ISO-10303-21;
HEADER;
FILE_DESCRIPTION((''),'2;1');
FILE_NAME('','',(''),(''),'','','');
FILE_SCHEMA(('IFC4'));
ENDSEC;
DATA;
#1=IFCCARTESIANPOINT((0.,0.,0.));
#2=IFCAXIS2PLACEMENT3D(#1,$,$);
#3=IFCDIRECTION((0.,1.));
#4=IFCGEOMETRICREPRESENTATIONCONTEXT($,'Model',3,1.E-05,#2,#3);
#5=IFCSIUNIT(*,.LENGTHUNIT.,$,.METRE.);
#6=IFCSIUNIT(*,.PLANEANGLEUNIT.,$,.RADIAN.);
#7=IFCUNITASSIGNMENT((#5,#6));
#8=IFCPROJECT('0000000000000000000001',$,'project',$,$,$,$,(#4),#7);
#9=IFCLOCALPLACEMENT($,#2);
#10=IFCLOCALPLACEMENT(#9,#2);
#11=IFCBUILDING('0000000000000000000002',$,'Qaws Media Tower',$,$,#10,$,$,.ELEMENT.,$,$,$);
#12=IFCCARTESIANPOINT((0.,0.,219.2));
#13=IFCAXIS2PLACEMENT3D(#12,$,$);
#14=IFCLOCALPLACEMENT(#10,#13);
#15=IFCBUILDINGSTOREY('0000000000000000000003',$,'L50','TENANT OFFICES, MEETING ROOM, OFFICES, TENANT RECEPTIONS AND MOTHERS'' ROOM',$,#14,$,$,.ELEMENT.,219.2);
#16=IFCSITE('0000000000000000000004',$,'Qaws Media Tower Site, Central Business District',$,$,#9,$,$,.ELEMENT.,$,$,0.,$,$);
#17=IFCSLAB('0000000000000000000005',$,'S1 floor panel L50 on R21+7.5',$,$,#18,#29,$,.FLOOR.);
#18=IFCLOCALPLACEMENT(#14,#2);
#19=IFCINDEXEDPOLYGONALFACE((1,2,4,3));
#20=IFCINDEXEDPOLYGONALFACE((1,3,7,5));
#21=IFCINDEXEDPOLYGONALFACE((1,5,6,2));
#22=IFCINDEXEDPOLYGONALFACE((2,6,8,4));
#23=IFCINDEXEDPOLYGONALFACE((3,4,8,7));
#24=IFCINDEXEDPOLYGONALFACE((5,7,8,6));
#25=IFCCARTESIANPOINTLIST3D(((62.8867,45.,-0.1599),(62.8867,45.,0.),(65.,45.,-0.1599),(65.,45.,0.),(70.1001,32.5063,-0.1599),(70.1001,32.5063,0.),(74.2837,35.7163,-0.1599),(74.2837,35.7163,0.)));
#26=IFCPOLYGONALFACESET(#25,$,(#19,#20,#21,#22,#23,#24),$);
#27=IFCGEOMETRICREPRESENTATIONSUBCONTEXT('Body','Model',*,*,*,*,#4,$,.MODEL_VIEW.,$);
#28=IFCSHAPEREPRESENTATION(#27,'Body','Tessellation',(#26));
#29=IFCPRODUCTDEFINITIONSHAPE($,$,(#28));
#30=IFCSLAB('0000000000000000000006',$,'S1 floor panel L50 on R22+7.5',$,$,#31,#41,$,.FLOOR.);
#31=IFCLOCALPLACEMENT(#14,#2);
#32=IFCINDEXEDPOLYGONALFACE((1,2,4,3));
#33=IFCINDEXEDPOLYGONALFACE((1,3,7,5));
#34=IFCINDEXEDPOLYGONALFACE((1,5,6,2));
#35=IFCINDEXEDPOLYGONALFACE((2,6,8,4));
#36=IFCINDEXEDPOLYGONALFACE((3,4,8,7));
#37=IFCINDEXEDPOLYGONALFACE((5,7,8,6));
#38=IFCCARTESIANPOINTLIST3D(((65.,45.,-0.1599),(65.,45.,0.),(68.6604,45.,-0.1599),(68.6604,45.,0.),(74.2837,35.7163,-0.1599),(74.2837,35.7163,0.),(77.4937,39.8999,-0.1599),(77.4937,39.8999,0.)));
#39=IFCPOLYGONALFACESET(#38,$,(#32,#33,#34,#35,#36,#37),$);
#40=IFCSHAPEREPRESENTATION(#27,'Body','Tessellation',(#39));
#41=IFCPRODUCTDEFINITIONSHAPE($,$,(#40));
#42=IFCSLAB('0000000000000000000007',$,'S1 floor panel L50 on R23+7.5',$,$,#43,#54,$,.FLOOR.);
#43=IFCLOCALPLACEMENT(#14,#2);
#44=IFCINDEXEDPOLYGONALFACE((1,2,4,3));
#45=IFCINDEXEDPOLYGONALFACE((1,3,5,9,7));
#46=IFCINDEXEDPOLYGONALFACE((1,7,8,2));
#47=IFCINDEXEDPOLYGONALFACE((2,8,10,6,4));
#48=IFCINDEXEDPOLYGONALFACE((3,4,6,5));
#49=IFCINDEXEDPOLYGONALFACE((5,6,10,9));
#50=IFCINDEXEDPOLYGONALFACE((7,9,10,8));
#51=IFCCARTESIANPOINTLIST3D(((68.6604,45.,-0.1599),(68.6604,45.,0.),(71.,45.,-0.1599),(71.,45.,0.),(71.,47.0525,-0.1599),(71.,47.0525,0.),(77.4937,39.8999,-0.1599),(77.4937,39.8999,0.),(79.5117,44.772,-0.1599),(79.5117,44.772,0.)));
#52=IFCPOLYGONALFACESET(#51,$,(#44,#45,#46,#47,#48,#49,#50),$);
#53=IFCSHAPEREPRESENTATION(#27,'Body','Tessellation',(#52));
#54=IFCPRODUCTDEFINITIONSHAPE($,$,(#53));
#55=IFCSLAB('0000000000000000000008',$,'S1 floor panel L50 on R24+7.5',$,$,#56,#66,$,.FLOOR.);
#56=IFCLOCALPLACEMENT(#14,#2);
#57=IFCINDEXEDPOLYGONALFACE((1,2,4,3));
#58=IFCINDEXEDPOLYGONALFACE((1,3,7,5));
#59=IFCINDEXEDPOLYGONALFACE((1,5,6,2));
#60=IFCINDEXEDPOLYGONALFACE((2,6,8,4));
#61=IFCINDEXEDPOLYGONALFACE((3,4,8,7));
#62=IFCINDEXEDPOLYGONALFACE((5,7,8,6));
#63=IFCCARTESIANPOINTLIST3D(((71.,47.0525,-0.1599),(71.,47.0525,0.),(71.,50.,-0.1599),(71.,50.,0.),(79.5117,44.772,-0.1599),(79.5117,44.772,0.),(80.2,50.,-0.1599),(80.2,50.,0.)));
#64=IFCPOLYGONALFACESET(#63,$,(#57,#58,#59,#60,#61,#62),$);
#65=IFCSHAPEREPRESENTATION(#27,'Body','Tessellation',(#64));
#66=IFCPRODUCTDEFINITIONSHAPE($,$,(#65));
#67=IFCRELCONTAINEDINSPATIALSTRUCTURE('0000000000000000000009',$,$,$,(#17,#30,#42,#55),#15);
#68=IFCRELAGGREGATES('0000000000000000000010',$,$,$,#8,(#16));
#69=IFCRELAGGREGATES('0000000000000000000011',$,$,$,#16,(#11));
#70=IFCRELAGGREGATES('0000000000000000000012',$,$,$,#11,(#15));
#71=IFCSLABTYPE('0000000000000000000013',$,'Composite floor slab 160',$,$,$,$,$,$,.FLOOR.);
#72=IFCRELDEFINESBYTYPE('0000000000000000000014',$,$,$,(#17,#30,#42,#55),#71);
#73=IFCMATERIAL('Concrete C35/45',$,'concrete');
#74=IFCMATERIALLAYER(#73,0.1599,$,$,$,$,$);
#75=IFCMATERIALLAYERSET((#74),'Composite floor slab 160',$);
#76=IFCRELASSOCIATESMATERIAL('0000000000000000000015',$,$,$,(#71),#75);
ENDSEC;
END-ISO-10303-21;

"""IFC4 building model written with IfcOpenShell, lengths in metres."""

from ifc_helpers import new_model, si_unit, direction, frame, origin, place, context, subcontext, project, spatial, polyline, outline, extrude, material, layer, layer_set, type_object, element, save


model = new_model("IFC4")

# Units and contexts
model_context = context("Model", 3, precision=1e-05, world=origin(), true_north=direction((0.0, 1.0)))
body_context = subcontext(model_context, "Body", "Model", "MODEL_VIEW")
ifc_project = project(units=[si_unit("LENGTHUNIT", "METRE"), si_unit("PLANEANGLEUNIT", "RADIAN")], contexts=[model_context])

# Site, building, storey
site_placement = place(None, origin())
site = spatial("IfcSite", under=ifc_project, at=site_placement, Name="Qaws Media Tower Site, Central Business District", CompositionType="ELEMENT", RefElevation=0.0)
building_placement = place(site_placement, origin())
building = spatial("IfcBuilding", under=site, at=building_placement, Name="Qaws Media Tower", CompositionType="ELEMENT")
storey_placement = place(building_placement, frame((0.0, 0.0, 219.2)))
storey = spatial("IfcBuildingStorey", under=building, at=storey_placement, Name="L50", Description="TENANT OFFICES, MEETING ROOM, OFFICES, TENANT RECEPTIONS AND MOTHERS' ROOM", CompositionType="ELEMENT", Elevation=219.2)

# Slabs
ifc_material_1 = material(Name="Concrete C35/45", Category="concrete")
ifc_layer_1 = layer(ifc_material_1, 0.1599)
ifc_layer_set_1 = layer_set([ifc_layer_1], Name="Composite floor slab 160")
slab_type_1 = type_object("IfcSlabType", Name="Composite floor slab 160", PredefinedType="FLOOR", material=ifc_layer_set_1)
slab_1_placement = place(storey_placement, frame((0.0, 0.0, -0.1599)))
element("IfcSlab", 1, at=slab_1_placement, inside=storey, type_object=slab_type_1, Name="S1 floor panel L50 on R21+7.5", PredefinedType="FLOOR", context=body_context, shape_type="SweptSolid", body=[
    extrude(outline(polyline([(74.2837, 35.7163), (70.1001, 32.5063), (62.8867, 45.0), (65.0, 45.0), (74.2837, 35.7163)])), origin(), (0.0, 0.0, 1.0), 0.1599),
])
slab_2_placement = place(storey_placement, frame((0.0, 0.0, -0.1599)))
element("IfcSlab", 2, at=slab_2_placement, inside=storey, type_object=slab_type_1, Name="S1 floor panel L50 on R22+7.5", PredefinedType="FLOOR", context=body_context, shape_type="SweptSolid", body=[
    extrude(outline(polyline([(77.4937, 39.8999), (74.2837, 35.7163), (65.0, 45.0), (68.6604, 45.0), (77.4937, 39.8999)])), origin(), (0.0, 0.0, 1.0), 0.1599),
])
slab_3_placement = place(storey_placement, frame((0.0, 0.0, -0.1599)))
element("IfcSlab", 3, at=slab_3_placement, inside=storey, type_object=slab_type_1, Name="S1 floor panel L50 on R23+7.5", PredefinedType="FLOOR", context=body_context, shape_type="SweptSolid", body=[
    extrude(outline(polyline([(77.4937, 39.8999), (68.6604, 45.0), (71.0, 45.0), (71.0, 47.0525), (79.5117, 44.772), (77.4937, 39.8999)])), origin(), (0.0, 0.0, 1.0), 0.1599),
])
slab_4_placement = place(storey_placement, frame((0.0, 0.0, -0.1599)))
element("IfcSlab", 4, at=slab_4_placement, inside=storey, type_object=slab_type_1, Name="S1 floor panel L50 on R24+7.5", PredefinedType="FLOOR", context=body_context, shape_type="SweptSolid", body=[
    extrude(outline(polyline([(79.5117, 44.772), (71.0, 47.0525), (71.0, 50.0), (80.2, 50.0), (79.5117, 44.772)])), origin(), (0.0, 0.0, 1.0), 0.1599),
])

save(model, "model.ifc")
